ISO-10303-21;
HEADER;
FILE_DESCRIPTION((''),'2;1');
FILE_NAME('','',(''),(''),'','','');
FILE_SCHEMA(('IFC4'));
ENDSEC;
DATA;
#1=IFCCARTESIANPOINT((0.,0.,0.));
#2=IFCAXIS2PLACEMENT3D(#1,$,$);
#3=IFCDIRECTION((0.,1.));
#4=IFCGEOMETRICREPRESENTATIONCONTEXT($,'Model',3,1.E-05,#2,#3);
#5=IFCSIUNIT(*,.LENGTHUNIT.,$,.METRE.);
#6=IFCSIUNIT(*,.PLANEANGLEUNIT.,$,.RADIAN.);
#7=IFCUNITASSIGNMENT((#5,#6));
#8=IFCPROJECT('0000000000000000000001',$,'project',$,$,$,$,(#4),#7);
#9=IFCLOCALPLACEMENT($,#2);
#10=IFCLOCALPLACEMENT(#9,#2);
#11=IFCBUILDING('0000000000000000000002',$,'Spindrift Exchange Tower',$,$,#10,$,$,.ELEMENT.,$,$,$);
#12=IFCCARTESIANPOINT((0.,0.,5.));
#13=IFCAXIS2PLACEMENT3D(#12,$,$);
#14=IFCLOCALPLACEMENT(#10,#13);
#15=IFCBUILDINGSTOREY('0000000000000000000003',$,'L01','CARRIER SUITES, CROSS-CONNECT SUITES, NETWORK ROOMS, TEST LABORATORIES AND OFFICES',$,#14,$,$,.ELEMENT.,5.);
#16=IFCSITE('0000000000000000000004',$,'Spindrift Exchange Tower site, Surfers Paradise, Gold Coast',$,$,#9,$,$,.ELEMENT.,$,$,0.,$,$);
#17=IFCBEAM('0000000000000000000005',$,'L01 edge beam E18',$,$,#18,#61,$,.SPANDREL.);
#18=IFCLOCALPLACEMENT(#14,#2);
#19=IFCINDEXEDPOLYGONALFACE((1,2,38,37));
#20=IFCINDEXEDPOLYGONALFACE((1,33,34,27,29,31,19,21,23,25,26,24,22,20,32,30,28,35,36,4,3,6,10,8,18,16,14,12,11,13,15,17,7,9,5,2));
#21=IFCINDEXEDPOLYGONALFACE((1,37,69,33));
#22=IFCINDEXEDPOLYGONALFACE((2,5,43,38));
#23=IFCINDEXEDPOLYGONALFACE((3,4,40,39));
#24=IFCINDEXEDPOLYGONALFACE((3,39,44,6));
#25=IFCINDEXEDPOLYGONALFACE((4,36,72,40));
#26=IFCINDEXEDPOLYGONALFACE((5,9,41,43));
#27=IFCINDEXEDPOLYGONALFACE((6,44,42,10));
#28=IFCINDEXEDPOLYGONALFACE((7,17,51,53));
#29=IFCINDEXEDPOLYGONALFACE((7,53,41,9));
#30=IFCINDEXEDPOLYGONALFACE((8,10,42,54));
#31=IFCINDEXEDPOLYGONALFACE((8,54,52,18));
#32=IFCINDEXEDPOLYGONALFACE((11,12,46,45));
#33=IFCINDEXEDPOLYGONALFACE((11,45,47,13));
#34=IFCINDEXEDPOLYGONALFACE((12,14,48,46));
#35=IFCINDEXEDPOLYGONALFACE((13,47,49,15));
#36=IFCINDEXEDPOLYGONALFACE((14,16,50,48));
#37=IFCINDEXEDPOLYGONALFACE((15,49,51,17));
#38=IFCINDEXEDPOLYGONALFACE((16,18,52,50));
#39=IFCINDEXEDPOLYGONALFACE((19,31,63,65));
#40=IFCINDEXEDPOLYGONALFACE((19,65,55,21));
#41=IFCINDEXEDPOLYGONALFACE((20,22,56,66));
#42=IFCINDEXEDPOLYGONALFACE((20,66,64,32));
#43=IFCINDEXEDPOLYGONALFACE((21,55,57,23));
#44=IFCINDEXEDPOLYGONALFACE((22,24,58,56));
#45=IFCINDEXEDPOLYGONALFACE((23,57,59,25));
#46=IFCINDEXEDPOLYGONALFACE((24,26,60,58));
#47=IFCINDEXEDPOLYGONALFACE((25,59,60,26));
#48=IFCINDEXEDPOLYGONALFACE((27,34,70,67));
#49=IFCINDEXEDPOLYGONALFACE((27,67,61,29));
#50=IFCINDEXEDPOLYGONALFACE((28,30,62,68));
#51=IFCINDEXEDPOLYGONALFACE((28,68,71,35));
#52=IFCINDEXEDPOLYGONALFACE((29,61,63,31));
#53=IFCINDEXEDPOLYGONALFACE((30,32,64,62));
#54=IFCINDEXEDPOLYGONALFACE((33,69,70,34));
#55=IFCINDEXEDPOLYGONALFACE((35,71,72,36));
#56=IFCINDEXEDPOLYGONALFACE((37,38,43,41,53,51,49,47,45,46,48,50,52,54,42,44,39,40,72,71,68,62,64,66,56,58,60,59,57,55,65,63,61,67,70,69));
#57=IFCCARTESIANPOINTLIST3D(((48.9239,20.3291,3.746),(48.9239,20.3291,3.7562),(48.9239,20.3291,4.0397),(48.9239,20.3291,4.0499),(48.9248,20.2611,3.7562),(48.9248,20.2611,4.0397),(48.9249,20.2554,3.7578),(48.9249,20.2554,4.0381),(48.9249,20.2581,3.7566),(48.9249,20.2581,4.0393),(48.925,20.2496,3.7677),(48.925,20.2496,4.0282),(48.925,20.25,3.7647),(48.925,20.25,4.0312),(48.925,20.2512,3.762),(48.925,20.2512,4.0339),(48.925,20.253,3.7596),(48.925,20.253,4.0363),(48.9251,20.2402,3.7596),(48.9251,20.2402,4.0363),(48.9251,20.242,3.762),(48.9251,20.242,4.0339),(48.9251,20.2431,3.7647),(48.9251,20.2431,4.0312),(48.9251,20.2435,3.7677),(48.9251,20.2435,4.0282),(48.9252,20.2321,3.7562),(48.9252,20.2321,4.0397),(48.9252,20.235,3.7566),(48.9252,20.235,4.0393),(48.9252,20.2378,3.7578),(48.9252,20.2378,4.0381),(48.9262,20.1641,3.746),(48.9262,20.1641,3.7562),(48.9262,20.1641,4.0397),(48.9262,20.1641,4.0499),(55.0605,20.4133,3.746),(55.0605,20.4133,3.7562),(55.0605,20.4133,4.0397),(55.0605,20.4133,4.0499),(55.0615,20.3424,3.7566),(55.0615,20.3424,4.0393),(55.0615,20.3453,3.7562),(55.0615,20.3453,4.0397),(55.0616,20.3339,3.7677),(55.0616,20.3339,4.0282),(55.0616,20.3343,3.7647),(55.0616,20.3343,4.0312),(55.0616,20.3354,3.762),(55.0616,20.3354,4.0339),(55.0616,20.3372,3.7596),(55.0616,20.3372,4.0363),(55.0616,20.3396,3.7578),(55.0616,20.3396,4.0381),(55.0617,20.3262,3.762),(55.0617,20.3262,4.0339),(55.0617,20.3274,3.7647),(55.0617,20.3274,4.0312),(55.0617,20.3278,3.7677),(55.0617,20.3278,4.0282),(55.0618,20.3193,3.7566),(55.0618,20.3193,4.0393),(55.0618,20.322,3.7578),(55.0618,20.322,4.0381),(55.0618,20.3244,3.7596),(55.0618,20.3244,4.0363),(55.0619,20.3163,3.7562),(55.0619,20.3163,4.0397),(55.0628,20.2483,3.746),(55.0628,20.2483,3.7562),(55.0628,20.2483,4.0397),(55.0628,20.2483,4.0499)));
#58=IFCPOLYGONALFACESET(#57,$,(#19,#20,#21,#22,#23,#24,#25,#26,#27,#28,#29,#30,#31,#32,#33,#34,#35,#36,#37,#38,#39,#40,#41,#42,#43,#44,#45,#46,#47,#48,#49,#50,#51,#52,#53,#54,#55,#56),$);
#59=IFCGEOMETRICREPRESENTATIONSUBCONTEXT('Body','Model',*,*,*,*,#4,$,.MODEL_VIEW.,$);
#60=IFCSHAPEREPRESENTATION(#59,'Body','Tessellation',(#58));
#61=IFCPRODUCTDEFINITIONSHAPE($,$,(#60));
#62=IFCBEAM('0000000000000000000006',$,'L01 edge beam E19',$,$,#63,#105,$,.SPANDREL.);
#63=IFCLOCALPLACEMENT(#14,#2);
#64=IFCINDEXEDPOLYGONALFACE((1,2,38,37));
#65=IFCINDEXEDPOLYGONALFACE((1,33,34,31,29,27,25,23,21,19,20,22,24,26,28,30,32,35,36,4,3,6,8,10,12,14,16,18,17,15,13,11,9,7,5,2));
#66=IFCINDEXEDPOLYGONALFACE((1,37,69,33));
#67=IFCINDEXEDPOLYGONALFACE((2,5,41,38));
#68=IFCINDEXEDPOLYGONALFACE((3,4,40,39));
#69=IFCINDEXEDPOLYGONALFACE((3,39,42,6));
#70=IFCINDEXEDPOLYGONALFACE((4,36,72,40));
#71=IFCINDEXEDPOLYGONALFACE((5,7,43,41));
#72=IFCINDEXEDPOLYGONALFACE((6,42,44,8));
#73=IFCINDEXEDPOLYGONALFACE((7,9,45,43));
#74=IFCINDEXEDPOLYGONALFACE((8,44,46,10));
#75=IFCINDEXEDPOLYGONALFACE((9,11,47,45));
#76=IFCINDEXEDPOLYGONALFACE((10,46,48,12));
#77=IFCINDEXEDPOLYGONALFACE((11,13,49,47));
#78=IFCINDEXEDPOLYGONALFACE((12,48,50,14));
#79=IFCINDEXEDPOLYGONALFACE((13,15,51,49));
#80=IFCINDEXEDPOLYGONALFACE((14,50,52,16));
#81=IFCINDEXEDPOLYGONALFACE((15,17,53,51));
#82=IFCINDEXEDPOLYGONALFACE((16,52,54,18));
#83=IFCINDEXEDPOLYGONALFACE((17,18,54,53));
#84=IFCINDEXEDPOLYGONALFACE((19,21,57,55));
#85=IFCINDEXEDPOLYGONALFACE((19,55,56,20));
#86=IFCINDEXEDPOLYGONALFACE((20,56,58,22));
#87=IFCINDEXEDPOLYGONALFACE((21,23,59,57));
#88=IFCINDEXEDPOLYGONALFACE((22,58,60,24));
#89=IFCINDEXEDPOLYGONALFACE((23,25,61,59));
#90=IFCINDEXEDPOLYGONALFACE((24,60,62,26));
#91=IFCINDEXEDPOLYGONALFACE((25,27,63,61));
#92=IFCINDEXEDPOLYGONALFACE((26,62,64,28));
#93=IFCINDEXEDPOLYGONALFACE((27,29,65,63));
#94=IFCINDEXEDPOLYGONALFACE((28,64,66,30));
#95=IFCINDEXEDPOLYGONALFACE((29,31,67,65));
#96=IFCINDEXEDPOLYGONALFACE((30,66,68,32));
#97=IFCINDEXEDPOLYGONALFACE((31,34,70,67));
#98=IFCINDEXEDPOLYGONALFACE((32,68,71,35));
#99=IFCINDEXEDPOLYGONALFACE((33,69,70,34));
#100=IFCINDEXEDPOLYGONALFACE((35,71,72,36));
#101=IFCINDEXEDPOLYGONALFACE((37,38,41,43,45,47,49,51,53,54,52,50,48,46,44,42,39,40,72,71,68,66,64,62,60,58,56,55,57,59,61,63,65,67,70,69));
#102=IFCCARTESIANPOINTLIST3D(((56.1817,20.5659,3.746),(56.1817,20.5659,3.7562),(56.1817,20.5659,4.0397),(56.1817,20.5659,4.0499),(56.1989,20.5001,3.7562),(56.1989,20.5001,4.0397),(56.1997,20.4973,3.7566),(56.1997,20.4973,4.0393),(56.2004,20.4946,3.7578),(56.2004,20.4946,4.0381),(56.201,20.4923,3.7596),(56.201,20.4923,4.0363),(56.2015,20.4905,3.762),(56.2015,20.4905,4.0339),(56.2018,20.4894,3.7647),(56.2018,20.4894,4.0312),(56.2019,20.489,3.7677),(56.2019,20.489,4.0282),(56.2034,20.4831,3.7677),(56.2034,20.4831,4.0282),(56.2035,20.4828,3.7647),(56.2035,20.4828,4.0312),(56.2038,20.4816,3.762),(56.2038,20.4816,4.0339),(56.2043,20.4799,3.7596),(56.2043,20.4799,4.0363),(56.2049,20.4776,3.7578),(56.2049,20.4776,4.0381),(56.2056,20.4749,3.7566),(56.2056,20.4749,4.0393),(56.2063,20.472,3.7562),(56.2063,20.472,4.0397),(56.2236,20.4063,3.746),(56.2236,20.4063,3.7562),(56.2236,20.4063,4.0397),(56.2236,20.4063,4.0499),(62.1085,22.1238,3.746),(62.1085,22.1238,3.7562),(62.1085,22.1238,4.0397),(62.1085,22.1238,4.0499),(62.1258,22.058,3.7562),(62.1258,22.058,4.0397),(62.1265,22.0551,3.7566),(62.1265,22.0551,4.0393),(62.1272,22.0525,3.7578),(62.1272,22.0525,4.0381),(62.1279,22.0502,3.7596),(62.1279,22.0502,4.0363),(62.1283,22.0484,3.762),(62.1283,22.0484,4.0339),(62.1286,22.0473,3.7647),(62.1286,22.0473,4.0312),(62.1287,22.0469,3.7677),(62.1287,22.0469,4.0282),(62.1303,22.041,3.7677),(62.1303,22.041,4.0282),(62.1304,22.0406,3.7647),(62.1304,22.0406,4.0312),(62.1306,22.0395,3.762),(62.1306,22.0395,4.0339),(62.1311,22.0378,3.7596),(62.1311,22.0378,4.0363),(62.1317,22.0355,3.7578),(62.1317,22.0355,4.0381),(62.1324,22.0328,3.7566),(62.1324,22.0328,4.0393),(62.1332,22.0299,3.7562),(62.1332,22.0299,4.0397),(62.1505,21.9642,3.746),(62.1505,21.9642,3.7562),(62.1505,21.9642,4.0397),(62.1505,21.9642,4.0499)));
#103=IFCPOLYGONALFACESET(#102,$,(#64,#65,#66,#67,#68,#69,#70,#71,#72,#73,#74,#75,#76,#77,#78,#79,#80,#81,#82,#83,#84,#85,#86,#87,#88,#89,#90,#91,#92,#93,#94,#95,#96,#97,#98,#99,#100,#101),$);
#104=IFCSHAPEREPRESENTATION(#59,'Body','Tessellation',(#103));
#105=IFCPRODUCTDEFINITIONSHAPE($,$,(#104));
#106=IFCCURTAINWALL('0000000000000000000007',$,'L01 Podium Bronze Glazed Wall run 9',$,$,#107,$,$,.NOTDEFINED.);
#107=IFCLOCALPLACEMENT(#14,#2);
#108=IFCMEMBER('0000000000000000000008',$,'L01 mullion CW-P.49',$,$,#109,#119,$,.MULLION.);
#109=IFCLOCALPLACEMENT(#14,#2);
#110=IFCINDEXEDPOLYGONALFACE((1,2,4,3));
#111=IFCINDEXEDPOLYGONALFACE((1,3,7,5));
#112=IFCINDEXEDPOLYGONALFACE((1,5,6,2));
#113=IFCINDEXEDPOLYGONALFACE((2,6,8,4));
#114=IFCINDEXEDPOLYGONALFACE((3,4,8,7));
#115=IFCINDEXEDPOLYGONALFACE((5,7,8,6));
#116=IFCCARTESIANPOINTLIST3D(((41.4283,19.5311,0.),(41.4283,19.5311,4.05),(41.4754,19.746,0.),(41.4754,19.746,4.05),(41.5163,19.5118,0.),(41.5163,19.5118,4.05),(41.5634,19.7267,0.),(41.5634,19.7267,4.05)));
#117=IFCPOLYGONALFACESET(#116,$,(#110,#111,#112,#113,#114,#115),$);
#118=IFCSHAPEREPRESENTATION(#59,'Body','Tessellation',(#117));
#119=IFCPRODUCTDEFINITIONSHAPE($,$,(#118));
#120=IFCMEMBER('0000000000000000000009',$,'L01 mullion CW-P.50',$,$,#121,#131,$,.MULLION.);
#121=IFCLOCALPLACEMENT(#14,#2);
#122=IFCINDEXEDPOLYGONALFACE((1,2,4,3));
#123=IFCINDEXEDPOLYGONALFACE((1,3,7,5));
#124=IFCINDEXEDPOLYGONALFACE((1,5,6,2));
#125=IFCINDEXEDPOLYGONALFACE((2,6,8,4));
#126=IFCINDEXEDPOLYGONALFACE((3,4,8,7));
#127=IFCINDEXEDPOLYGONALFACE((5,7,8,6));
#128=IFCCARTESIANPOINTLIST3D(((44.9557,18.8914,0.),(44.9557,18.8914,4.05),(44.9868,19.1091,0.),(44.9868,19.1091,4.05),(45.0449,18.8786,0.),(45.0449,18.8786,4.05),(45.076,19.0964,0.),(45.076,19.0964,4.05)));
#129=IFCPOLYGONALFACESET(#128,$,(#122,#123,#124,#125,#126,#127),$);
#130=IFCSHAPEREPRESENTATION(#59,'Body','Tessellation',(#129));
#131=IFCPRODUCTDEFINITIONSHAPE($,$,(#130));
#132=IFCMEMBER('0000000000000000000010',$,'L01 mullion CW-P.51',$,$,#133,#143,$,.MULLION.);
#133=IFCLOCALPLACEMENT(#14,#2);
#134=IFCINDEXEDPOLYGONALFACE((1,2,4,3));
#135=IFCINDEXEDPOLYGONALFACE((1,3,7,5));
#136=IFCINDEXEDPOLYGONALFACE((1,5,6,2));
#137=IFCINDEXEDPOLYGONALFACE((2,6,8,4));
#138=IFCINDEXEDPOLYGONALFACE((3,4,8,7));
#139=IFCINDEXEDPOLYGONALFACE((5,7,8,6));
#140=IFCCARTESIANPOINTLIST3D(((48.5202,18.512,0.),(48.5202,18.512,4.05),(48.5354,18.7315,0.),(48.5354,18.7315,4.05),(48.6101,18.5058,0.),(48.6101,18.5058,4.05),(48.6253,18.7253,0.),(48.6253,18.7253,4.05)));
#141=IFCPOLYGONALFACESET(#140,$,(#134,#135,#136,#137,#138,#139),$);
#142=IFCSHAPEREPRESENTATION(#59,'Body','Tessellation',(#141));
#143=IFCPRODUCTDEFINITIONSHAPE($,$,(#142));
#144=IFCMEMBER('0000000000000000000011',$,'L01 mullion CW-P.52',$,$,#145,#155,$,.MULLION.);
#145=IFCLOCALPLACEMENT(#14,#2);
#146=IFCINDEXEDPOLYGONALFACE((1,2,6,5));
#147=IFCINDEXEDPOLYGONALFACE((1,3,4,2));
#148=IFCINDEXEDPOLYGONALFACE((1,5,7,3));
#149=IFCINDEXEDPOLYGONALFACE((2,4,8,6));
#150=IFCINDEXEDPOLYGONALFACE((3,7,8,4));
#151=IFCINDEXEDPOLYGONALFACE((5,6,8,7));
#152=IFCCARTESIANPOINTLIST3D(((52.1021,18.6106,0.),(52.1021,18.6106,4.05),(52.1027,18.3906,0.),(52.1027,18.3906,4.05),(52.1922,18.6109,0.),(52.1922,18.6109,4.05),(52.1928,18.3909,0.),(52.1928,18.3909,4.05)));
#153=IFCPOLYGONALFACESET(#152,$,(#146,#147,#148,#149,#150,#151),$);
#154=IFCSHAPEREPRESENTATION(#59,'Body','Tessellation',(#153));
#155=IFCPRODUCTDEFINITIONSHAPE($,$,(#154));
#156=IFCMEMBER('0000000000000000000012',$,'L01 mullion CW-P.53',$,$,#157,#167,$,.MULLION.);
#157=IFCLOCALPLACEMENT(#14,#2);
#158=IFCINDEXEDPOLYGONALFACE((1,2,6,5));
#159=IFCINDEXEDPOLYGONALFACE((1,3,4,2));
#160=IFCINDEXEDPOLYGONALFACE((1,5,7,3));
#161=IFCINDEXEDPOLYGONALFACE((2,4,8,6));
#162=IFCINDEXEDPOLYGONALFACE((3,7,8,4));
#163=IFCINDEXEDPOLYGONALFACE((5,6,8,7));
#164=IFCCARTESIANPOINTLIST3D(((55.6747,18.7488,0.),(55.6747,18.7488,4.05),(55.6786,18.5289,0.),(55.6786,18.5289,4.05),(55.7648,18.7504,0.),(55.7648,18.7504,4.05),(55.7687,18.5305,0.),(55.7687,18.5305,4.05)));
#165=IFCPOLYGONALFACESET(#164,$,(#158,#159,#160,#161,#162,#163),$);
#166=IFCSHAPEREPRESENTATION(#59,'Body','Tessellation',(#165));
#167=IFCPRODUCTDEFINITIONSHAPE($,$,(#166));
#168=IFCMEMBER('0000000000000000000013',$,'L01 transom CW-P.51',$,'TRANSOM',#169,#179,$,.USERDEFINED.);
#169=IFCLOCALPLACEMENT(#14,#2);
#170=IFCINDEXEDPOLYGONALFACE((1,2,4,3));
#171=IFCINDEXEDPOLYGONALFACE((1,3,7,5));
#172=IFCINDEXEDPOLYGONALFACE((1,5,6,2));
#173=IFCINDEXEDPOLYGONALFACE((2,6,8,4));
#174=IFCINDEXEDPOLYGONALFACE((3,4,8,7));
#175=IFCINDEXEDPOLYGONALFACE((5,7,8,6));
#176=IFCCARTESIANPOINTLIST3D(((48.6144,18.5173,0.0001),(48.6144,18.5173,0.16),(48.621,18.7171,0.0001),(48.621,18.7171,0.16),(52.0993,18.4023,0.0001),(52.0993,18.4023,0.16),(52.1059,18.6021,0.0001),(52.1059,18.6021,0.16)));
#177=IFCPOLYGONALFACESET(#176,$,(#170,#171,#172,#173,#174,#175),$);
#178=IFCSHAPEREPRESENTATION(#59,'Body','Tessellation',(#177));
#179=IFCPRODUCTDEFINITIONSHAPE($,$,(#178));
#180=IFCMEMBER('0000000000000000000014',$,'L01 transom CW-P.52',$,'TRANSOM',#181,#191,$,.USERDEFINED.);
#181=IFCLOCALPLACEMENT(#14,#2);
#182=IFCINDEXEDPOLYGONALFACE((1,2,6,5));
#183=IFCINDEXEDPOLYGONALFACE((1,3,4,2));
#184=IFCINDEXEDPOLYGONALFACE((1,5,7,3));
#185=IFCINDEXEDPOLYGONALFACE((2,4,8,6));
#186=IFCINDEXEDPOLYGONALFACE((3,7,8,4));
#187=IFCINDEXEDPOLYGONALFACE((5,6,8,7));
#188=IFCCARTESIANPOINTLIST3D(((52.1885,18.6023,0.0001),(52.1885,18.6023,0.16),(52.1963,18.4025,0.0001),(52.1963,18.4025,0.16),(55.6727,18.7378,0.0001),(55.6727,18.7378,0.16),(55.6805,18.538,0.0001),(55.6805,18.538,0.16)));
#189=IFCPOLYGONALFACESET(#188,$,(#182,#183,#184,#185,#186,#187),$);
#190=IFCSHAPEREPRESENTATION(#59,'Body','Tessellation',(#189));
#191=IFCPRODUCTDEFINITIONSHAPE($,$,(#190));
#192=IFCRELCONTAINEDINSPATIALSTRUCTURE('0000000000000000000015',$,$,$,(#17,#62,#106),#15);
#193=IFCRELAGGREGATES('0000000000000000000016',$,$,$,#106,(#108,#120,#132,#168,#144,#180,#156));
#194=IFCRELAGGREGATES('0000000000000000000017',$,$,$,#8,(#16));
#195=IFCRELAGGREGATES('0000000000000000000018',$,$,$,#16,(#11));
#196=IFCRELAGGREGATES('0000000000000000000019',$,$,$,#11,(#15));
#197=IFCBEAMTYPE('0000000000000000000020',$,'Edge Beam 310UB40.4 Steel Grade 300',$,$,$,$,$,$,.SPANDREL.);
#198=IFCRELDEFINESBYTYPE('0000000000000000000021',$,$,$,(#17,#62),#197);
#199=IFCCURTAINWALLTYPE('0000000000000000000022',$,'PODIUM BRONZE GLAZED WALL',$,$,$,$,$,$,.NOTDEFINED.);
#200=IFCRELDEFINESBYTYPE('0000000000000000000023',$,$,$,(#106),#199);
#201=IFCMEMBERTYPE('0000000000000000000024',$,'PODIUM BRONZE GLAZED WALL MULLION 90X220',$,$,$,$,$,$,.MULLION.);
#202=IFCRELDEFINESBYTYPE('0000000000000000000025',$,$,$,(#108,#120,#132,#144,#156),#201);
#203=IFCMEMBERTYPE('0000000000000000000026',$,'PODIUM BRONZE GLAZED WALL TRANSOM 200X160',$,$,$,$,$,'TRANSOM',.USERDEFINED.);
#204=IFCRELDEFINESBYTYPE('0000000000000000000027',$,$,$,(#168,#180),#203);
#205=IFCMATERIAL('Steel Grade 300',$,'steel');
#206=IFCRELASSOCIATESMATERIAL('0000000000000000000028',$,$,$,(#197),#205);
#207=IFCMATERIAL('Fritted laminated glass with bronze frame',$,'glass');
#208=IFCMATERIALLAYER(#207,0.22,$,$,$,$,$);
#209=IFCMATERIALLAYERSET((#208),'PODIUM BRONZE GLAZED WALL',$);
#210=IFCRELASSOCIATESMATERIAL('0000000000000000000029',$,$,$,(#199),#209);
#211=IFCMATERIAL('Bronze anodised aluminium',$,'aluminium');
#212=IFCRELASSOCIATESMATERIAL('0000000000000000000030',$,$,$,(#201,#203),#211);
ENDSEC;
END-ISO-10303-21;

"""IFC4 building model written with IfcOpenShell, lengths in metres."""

from ifc_helpers import new_model, si_unit, direction, frame, origin, origin_2d, place, context, subcontext, project, spatial, rectangle, i_section, extrude, source, transform, mapped, material, layer, layer_set, material_profile, profile_set, type_object, element, aggregate, save


model = new_model("IFC4")

# Units and contexts
model_context = context("Model", 3, precision=1e-05, world=origin(), true_north=direction((0.0, 1.0)))
body_context = subcontext(model_context, "Body", "Model", "MODEL_VIEW")
ifc_project = project(units=[si_unit("LENGTHUNIT", "METRE"), si_unit("PLANEANGLEUNIT", "RADIAN")], contexts=[model_context])

# Site, building, storey
site_placement = place(None, origin())
site = spatial("IfcSite", under=ifc_project, at=site_placement, Name="Spindrift Exchange Tower site, Surfers Paradise, Gold Coast", CompositionType="ELEMENT", RefElevation=0.0)
building_placement = place(site_placement, origin())
building = spatial("IfcBuilding", under=site, at=building_placement, Name="Spindrift Exchange Tower", CompositionType="ELEMENT")
storey_placement = place(building_placement, frame((0.0, 0.0, 5.0)))
storey = spatial("IfcBuildingStorey", under=building, at=storey_placement, Name="L01", Description="CARRIER SUITES, CROSS-CONNECT SUITES, NETWORK ROOMS, TEST LABORATORIES AND OFFICES", CompositionType="ELEMENT", Elevation=5.0)

# Beams
ifc_material_1 = material(Name="Steel Grade 300", Category="steel")
ifc_material_profile_1 = material_profile(ifc_material_1, i_section(OverallWidth=0.165, OverallDepth=0.304, WebThickness=0.0061, FlangeThickness=0.0103, FilletRadius=0.0115, at=origin_2d()), Name="310UB40.4")
ifc_profile_set_1 = profile_set([ifc_material_profile_1], Name="Steel Grade 300")
beam_type_1 = type_object("IfcBeamType", Name="Edge Beam 310UB40.4 Steel Grade 300", PredefinedType="SPANDREL", material=ifc_profile_set_1)
shared_shape_1 = source(origin(), body_context, "Body", "SweptSolid", [
    extrude(i_section(OverallWidth=0.165, OverallDepth=0.304, WebThickness=0.0061, FlangeThickness=0.0103, FilletRadius=0.0115, at=origin_2d()), origin(), (0.0, 0.0, 1.0), 6.1372),
])
beam_1_placement = place(storey_placement, frame((48.925, 20.2466, 3.8979), z_axis=(0.999906, 0.013724, 0.0), x_axis=(-0.013724, 0.999906, 0.0)))
element("IfcBeam", 1, at=beam_1_placement, inside=storey, type_object=beam_type_1, Name="L01 edge beam E18", PredefinedType="SPANDREL", context=body_context, shape_type="MappedRepresentation", body=[
    mapped(shared_shape_1, transform((0.0, 0.0, 0.0), scale=1.0)),
])
shared_shape_2 = source(origin(), body_context, "Body", "SweptSolid", [
    extrude(i_section(OverallWidth=0.165, OverallDepth=0.304, WebThickness=0.0061, FlangeThickness=0.0103, FilletRadius=0.0115, at=origin_2d()), origin(), (0.0, 0.0, 1.0), 6.1282),
])
beam_2_placement = place(storey_placement, frame((56.2026, 20.4861, 3.8979), z_axis=(0.967147, 0.254217, 0.0), x_axis=(-0.254217, 0.967147, 0.0)))
element("IfcBeam", 2, at=beam_2_placement, inside=storey, type_object=beam_type_1, Name="L01 edge beam E19", PredefinedType="SPANDREL", context=body_context, shape_type="MappedRepresentation", body=[
    mapped(shared_shape_2, transform((0.0, 0.0, 0.0), scale=1.0)),
])

# Curtain wall, members
ifc_material_2 = material(Name="Fritted laminated glass with bronze frame", Category="glass")
ifc_layer_1 = layer(ifc_material_2, 0.22)
ifc_layer_set_1 = layer_set([ifc_layer_1], Name="PODIUM BRONZE GLAZED WALL")
curtain_wall_type = type_object("IfcCurtainWallType", Name="PODIUM BRONZE GLAZED WALL", PredefinedType="NOTDEFINED", material=ifc_layer_set_1)
curtain_wall_placement = place(storey_placement, origin())
curtain_wall = element("IfcCurtainWall", 3, at=curtain_wall_placement, inside=storey, type_object=curtain_wall_type, Name="L01 Podium Bronze Glazed Wall run 9", PredefinedType="NOTDEFINED")
ifc_material_3 = material(Name="Bronze anodised aluminium", Category="aluminium")
ifc_material_profile_2 = material_profile(ifc_material_3, rectangle(XDim=0.0901, YDim=0.22, at=origin_2d()), Name="PODIUM BRONZE GLAZED WALL MULLION 90X220")
ifc_profile_set_2 = profile_set([ifc_material_profile_2], Name="Bronze anodised aluminium")
member_type_1 = type_object("IfcMemberType", Name="PODIUM BRONZE GLAZED WALL MULLION 90X220", PredefinedType="MULLION", material=ifc_profile_set_2)
shared_shape_3 = source(origin(), body_context, "Body", "SweptSolid", [
    extrude(rectangle(XDim=0.0901, YDim=0.22, at=origin_2d()), origin(), (0.0, 0.0, 1.0), 4.05),
])
member_1_placement = place(storey_placement, frame((41.4958, 19.6289, 0.0), z_axis=(0.0, 0.0, 1.0), x_axis=(0.976764, -0.214317, 0.0)))
member_1 = element("IfcMember", 4, at=member_1_placement, type_object=member_type_1, Name="L01 mullion CW-P.49", PredefinedType="MULLION", context=body_context, shape_type="MappedRepresentation", body=[
    mapped(shared_shape_3, transform((0.0, 0.0, 0.0), scale=1.0)),
])
member_2_placement = place(storey_placement, frame((45.0159, 18.9939, 0.0), z_axis=(0.0, 0.0, 1.0), x_axis=(0.989965, -0.141315, 0.0)))
member_2 = element("IfcMember", 5, at=member_2_placement, type_object=member_type_1, Name="L01 mullion CW-P.50", PredefinedType="MULLION", context=body_context, shape_type="MappedRepresentation", body=[
    mapped(shared_shape_3, transform((0.0, 0.0, 0.0), scale=1.0)),
])
member_3_placement = place(storey_placement, frame((48.5728, 18.6187, 0.0), z_axis=(0.0, 0.0, 1.0), x_axis=(0.997617, -0.068992, 0.0)))
member_3 = element("IfcMember", 6, at=member_3_placement, type_object=member_type_1, Name="L01 mullion CW-P.51", PredefinedType="MULLION", context=body_context, shape_type="MappedRepresentation", body=[
    mapped(shared_shape_3, transform((0.0, 0.0, 0.0), scale=1.0)),
])
member_4_placement = place(storey_placement, frame((52.1475, 18.5007, 0.0), z_axis=(0.0, 0.0, 1.0), x_axis=(0.999996, 0.002951, 0.0)))
member_4 = element("IfcMember", 7, at=member_4_placement, type_object=member_type_1, Name="L01 mullion CW-P.52", PredefinedType="MULLION", context=body_context, shape_type="MappedRepresentation", body=[
    mapped(shared_shape_3, transform((0.0, 0.0, 0.0), scale=1.0)),
])
member_5_placement = place(storey_placement, frame((55.7217, 18.6396, 0.0), z_axis=(0.0, 0.0, 1.0), x_axis=(0.999841, 0.017819, 0.0)))
member_5 = element("IfcMember", 8, at=member_5_placement, type_object=member_type_1, Name="L01 mullion CW-P.53", PredefinedType="MULLION", context=body_context, shape_type="MappedRepresentation", body=[
    mapped(shared_shape_3, transform((0.0, 0.0, 0.0), scale=1.0)),
])
ifc_material_profile_3 = material_profile(ifc_material_3, rectangle(XDim=0.2, YDim=0.1599, at=origin_2d()), Name="PODIUM BRONZE GLAZED WALL TRANSOM 200X160")
ifc_profile_set_3 = profile_set([ifc_material_profile_3], Name="Bronze anodised aluminium")
member_type_2 = type_object("IfcMemberType", Name="PODIUM BRONZE GLAZED WALL TRANSOM 200X160", ElementType="TRANSOM", PredefinedType="USERDEFINED", material=ifc_profile_set_3)
shared_shape_4 = source(origin(), body_context, "Body", "SweptSolid", [
    extrude(rectangle(XDim=0.2, YDim=0.1599, at=origin_2d()), origin(), (0.0, 0.0, 1.0), 3.4868),
])
member_6_placement = place(storey_placement, frame((48.6177, 18.6172, 0.0801), z_axis=(0.999456, -0.032979, 0.0), x_axis=(0.032979, 0.999456, 0.0)))
member_6 = element("IfcMember", 9, at=member_6_placement, type_object=member_type_2, Name="L01 transom CW-P.51", ObjectType="TRANSOM", PredefinedType="USERDEFINED", context=body_context, shape_type="MappedRepresentation", body=[
    mapped(shared_shape_4, transform((0.0, 0.0, 0.0), scale=1.0)),
])
member_7_placement = place(storey_placement, frame((52.1924, 18.5024, 0.0801), z_axis=(0.999245, 0.038861, 0.0), x_axis=(-0.038861, 0.999245, 0.0)))
member_7 = element("IfcMember", 10, at=member_7_placement, type_object=member_type_2, Name="L01 transom CW-P.52", ObjectType="TRANSOM", PredefinedType="USERDEFINED", context=body_context, shape_type="MappedRepresentation", body=[
    mapped(shared_shape_4, transform((0.0, 0.0, 0.0), scale=1.0)),
])
aggregate(curtain_wall, [member_1, member_2, member_3, member_6, member_4, member_7, member_5])

save(model, "model.ifc")
